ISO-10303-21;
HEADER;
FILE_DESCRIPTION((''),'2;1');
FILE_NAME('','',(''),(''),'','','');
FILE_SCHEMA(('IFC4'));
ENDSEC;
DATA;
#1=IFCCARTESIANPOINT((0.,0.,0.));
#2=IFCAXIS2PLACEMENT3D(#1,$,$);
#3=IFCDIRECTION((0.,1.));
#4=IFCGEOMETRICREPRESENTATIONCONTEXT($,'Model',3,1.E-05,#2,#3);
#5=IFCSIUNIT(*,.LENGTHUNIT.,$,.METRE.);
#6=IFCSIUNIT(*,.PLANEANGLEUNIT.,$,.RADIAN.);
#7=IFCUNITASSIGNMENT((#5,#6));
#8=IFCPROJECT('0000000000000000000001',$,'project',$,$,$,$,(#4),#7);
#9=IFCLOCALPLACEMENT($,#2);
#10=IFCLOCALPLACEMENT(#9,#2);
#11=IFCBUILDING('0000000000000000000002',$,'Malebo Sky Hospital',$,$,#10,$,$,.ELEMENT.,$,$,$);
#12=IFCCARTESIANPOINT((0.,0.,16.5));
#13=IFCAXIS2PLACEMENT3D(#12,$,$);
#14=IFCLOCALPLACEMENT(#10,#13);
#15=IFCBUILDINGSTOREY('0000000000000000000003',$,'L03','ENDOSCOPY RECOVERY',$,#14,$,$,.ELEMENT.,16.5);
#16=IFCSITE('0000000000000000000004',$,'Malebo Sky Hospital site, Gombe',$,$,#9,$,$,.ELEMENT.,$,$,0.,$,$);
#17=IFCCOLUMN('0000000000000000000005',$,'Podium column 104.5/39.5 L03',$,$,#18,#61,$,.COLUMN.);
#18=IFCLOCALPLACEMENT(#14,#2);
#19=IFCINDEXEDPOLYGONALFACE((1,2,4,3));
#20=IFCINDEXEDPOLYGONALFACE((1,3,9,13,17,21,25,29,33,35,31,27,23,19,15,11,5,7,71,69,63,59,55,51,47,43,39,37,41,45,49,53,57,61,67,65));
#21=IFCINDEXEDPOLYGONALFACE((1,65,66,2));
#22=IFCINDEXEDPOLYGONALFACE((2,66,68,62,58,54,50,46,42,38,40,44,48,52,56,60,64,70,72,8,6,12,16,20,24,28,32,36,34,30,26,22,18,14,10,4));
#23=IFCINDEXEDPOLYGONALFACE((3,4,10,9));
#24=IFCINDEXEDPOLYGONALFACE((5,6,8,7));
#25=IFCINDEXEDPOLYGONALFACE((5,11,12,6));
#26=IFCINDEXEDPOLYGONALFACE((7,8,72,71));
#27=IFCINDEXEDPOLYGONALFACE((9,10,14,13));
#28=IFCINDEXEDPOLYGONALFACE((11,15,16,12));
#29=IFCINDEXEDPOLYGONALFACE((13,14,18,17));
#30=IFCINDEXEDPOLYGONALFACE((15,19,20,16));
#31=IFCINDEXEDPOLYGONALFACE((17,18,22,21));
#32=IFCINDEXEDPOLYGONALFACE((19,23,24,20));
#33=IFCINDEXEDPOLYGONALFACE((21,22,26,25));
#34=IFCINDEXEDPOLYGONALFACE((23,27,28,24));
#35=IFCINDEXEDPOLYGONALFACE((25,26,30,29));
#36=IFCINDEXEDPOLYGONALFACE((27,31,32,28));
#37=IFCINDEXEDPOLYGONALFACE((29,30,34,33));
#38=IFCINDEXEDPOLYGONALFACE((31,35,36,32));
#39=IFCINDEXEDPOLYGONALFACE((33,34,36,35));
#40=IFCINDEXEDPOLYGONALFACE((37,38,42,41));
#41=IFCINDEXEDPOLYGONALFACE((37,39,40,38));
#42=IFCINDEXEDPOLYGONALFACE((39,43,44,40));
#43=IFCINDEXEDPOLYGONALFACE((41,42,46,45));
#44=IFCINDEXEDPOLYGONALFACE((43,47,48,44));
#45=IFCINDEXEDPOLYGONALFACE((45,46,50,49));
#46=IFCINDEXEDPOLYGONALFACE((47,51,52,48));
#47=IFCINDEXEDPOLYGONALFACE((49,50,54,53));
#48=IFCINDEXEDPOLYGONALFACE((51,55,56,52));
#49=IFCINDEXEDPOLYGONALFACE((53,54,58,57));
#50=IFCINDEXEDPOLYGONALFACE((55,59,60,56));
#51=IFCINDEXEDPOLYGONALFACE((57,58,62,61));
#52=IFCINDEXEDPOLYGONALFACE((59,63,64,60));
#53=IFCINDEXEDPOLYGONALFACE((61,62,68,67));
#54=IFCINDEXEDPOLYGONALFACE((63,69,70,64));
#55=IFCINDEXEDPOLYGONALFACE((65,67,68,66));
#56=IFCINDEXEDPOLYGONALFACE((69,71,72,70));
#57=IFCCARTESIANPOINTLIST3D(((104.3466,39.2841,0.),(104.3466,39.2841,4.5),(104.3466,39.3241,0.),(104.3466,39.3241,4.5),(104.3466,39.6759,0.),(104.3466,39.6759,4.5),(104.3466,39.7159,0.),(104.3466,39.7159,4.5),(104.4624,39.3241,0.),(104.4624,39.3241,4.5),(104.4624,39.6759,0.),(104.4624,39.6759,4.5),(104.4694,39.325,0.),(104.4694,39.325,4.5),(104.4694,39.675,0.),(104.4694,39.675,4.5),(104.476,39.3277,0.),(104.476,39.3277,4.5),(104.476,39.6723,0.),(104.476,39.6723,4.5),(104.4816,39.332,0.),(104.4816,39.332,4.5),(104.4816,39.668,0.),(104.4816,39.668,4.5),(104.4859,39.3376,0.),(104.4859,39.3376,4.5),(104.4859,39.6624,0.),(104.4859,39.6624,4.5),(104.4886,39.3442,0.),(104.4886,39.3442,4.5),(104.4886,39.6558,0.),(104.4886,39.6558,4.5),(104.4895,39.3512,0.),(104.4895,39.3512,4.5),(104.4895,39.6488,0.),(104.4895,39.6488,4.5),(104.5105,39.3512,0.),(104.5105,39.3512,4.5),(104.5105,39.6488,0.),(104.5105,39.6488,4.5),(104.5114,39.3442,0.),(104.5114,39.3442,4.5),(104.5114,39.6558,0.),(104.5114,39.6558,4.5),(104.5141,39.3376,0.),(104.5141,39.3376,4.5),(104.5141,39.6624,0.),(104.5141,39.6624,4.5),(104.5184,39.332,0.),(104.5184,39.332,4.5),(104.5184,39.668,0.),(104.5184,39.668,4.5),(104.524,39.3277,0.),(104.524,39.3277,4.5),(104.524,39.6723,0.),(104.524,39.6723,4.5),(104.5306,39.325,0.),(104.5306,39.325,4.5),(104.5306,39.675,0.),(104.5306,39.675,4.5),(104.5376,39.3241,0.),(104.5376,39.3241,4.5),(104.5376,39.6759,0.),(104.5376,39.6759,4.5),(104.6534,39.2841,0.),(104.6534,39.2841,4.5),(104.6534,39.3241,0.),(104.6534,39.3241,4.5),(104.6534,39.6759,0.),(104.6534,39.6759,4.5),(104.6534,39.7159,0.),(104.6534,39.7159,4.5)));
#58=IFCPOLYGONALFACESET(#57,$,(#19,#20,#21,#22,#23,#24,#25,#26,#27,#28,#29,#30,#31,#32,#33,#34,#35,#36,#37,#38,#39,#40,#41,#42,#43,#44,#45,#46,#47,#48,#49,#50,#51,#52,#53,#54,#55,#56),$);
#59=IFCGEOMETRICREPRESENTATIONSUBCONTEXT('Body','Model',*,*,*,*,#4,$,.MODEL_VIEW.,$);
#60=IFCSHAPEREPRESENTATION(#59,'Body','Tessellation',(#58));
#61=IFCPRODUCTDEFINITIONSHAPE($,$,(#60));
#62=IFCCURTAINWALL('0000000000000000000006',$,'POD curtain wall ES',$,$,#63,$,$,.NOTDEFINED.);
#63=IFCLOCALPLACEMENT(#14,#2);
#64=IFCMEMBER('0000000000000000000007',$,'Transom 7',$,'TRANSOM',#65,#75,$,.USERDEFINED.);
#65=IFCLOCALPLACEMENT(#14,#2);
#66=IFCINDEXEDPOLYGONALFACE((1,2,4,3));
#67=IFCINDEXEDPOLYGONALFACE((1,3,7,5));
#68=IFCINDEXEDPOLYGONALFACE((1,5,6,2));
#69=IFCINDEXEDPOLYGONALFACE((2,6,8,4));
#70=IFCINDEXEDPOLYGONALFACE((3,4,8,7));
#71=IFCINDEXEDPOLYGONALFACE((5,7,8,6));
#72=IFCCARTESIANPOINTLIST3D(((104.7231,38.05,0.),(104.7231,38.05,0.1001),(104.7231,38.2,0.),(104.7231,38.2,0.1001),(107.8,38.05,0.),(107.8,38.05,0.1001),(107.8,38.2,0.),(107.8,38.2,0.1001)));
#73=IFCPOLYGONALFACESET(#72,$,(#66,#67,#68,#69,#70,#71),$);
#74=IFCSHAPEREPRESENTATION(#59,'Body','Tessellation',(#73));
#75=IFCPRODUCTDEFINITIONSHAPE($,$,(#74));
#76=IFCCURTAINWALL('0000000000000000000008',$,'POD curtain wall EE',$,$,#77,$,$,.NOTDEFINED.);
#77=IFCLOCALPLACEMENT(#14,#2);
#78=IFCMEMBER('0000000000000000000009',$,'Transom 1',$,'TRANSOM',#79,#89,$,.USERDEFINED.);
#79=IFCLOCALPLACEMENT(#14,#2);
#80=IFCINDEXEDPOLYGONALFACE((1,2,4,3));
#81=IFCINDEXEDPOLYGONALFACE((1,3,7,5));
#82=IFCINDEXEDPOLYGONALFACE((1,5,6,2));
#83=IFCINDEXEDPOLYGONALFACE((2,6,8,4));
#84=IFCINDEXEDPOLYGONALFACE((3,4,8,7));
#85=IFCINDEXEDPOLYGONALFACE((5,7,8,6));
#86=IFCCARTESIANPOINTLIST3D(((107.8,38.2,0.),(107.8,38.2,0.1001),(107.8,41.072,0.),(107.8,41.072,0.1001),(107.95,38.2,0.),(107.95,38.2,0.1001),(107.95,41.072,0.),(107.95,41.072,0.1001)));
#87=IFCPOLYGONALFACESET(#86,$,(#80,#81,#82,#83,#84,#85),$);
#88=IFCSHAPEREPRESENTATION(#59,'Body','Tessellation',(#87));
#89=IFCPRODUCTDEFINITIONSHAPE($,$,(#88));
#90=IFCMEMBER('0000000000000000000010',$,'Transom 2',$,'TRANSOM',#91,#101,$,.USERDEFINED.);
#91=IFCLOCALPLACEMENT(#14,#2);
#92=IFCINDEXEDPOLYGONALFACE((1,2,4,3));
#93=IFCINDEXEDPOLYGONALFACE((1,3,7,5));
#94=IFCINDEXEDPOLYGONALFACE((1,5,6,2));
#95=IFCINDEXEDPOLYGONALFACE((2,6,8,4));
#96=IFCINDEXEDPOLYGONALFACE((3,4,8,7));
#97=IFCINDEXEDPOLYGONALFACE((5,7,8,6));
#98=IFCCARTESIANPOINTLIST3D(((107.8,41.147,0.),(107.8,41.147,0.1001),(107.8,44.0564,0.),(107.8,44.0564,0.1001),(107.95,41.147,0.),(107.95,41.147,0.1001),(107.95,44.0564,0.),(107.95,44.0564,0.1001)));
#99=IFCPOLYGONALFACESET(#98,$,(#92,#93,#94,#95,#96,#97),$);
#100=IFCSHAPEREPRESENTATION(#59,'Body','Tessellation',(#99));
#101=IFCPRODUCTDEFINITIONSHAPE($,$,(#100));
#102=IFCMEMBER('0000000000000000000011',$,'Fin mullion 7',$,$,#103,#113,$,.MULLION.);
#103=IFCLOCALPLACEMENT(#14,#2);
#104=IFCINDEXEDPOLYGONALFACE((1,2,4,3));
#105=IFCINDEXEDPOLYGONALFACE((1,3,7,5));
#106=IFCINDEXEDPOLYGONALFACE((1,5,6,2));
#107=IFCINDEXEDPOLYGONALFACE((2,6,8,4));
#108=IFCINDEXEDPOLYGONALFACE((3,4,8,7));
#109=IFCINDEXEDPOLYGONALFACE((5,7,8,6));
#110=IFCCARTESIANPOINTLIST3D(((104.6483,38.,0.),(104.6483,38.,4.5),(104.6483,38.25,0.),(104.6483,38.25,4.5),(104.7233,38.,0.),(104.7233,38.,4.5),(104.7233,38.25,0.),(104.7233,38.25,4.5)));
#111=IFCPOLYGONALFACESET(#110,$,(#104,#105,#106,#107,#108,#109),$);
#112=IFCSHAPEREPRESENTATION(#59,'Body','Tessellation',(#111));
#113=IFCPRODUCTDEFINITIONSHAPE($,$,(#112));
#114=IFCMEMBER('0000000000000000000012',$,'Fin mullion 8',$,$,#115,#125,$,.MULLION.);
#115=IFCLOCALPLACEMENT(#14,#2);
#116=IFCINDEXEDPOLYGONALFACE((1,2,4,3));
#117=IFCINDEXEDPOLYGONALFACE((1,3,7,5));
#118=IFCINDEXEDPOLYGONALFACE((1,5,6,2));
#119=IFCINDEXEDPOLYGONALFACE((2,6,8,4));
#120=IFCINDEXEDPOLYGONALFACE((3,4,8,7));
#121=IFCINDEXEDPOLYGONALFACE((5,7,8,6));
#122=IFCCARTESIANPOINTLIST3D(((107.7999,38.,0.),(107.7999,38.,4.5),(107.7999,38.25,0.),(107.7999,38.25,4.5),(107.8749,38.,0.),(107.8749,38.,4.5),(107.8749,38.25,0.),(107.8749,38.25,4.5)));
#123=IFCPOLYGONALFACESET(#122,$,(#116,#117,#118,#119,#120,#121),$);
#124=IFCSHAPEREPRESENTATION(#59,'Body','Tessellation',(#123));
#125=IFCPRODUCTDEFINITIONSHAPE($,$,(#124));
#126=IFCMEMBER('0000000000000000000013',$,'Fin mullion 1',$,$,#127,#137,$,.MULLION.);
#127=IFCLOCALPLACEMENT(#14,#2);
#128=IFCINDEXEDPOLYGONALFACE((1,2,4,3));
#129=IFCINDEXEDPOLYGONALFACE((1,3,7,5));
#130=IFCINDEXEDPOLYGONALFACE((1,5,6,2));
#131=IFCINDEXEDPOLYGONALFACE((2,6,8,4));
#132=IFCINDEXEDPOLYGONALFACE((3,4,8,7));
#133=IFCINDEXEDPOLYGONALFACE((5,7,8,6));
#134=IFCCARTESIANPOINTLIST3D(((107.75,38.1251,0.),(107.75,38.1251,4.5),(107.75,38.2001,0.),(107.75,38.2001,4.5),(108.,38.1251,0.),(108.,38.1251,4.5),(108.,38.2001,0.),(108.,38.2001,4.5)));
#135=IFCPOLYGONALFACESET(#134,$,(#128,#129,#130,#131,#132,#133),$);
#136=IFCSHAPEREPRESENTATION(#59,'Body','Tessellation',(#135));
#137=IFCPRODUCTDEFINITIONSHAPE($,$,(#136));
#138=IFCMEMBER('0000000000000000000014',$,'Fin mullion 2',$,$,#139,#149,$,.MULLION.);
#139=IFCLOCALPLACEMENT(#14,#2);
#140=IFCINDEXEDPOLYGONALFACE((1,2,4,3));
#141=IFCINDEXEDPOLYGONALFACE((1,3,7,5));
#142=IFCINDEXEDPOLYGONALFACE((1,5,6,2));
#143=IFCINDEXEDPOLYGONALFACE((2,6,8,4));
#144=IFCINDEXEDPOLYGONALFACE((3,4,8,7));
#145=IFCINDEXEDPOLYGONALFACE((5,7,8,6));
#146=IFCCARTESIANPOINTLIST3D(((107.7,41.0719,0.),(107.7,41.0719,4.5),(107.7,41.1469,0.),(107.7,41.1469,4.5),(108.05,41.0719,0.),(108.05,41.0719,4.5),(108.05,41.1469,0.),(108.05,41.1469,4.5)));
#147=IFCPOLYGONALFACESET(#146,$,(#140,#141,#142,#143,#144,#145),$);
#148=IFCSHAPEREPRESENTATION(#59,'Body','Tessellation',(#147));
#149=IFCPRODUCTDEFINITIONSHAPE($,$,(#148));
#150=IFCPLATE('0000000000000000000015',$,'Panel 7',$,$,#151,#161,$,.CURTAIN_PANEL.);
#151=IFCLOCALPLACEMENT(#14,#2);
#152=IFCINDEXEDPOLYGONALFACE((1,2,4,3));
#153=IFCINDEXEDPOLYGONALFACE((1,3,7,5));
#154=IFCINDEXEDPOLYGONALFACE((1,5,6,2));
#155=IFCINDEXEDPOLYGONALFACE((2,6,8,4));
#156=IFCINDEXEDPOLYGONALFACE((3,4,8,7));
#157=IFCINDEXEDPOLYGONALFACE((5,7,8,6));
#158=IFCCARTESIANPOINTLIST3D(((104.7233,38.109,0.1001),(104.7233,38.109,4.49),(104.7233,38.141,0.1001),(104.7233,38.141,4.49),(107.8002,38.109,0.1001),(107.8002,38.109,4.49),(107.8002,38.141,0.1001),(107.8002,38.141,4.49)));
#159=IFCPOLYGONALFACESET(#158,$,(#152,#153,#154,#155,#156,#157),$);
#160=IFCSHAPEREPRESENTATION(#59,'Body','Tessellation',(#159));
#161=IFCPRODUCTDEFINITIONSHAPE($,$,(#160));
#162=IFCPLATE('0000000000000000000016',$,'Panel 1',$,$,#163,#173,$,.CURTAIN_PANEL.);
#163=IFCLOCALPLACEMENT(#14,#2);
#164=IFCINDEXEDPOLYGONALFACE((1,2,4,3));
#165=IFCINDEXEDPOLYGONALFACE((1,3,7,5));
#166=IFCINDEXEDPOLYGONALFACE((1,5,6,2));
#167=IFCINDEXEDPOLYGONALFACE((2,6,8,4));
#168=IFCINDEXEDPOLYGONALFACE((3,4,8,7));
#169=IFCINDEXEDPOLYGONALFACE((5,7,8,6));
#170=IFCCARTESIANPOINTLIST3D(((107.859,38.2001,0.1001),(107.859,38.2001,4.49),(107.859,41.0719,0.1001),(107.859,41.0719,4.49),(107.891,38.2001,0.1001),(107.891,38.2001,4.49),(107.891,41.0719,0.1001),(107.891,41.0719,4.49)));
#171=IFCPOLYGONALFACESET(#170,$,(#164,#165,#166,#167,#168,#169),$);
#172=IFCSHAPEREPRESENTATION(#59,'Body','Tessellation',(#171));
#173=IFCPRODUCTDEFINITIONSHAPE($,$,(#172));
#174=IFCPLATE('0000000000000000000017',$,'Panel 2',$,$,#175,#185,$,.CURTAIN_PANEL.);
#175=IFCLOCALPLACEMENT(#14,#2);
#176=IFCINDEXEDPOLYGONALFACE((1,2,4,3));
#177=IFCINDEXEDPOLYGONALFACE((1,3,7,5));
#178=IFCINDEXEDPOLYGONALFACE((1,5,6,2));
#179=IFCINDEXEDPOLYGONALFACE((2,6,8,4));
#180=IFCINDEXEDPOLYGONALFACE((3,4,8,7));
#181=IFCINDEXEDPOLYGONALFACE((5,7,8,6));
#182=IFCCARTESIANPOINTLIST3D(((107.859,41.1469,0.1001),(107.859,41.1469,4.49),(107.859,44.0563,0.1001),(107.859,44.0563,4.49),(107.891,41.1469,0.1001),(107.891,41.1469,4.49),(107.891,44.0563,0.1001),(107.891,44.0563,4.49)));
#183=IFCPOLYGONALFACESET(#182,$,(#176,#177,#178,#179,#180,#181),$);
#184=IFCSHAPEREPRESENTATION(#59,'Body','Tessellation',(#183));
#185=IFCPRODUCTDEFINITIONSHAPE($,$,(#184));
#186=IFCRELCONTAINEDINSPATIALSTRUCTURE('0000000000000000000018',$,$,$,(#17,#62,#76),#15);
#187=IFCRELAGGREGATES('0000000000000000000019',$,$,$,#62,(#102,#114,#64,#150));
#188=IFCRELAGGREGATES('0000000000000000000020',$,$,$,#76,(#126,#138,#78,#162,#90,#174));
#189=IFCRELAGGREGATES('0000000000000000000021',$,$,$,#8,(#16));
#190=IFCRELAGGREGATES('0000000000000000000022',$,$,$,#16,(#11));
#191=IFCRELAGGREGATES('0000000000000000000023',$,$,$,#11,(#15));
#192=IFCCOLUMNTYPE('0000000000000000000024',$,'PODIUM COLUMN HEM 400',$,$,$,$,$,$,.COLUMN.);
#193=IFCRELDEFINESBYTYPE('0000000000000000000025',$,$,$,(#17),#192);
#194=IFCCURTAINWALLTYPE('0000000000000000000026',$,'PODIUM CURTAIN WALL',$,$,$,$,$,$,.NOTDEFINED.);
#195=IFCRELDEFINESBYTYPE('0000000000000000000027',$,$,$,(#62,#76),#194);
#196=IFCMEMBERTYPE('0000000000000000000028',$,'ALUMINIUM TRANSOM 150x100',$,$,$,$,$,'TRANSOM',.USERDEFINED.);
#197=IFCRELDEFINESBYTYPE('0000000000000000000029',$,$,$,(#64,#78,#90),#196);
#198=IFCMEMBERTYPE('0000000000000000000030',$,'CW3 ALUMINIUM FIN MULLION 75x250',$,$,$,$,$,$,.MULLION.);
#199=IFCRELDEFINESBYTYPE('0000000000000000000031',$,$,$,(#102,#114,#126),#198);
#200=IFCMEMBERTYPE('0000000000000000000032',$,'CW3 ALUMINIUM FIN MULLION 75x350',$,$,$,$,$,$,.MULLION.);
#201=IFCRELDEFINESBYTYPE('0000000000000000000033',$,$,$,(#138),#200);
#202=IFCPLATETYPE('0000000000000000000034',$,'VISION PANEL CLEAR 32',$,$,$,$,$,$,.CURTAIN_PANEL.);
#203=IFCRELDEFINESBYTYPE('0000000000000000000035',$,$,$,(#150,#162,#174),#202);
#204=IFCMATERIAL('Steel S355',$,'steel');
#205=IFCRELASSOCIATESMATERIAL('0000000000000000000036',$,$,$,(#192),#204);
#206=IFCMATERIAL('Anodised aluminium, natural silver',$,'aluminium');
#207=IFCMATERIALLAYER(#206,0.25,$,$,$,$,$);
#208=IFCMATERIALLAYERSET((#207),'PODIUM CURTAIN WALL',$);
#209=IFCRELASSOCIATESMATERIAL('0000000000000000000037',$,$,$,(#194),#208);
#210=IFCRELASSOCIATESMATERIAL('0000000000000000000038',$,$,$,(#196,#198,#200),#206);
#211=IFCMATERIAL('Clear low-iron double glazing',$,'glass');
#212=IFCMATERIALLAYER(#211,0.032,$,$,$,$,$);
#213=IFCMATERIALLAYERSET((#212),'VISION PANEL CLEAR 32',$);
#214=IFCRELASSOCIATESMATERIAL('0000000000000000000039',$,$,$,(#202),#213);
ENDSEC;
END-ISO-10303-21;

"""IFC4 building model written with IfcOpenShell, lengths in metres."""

from ifc_helpers import new_model, si_unit, direction, frame, origin, origin_2d, place, context, subcontext, project, spatial, rectangle, i_section, extrude, material, layer, layer_set, material_profile, profile_set, type_object, element, aggregate, save


model = new_model("IFC4")

# Units and contexts
model_context = context("Model", 3, precision=1e-05, world=origin(), true_north=direction((0.0, 1.0)))
body_context = subcontext(model_context, "Body", "Model", "MODEL_VIEW")
ifc_project = project(units=[si_unit("LENGTHUNIT", "METRE"), si_unit("PLANEANGLEUNIT", "RADIAN")], contexts=[model_context])

# Site, building, storey
site_placement = place(None, origin())
site = spatial("IfcSite", under=ifc_project, at=site_placement, Name="Malebo Sky Hospital site, Gombe", CompositionType="ELEMENT", RefElevation=0.0)
building_placement = place(site_placement, origin())
building = spatial("IfcBuilding", under=site, at=building_placement, Name="Malebo Sky Hospital", CompositionType="ELEMENT")
storey_placement = place(building_placement, frame((0.0, 0.0, 16.5)))
storey = spatial("IfcBuildingStorey", under=building, at=storey_placement, Name="L03", Description="ENDOSCOPY RECOVERY", CompositionType="ELEMENT", Elevation=16.5)

# Column
ifc_material_1 = material(Name="Steel S355", Category="steel")
ifc_material_profile_1 = material_profile(ifc_material_1, i_section(OverallWidth=0.3069, OverallDepth=0.4319, WebThickness=0.021, FlangeThickness=0.04, FilletRadius=0.0271, at=origin_2d()), Name="HEM 400")
ifc_profile_set_1 = profile_set([ifc_material_profile_1], Name="Steel S355")
column_type = type_object("IfcColumnType", Name="PODIUM COLUMN HEM 400", PredefinedType="COLUMN", material=ifc_profile_set_1)
column_placement = place(storey_placement, frame((104.5, 39.5, 0.0), z_axis=(0.0, 0.0, 1.0), x_axis=(1.0, 0.0, 0.0)))
element("IfcColumn", 1, at=column_placement, inside=storey, type_object=column_type, Name="Podium column 104.5/39.5 L03", PredefinedType="COLUMN", context=body_context, shape_type="SweptSolid", body=[
    extrude(i_section(OverallWidth=0.3069, OverallDepth=0.4319, WebThickness=0.021, FlangeThickness=0.04, FilletRadius=0.0271, at=origin_2d()), origin(), (0.0, 0.0, 1.0), 4.5),
])

# Curtain wall, member
ifc_material_2 = material(Name="Anodised aluminium, natural silver", Category="aluminium")
ifc_layer_1 = layer(ifc_material_2, 0.25)
ifc_layer_set_1 = layer_set([ifc_layer_1], Name="PODIUM CURTAIN WALL")
curtain_wall_type = type_object("IfcCurtainWallType", Name="PODIUM CURTAIN WALL", PredefinedType="NOTDEFINED", material=ifc_layer_set_1)
curtain_wall_1_placement = place(storey_placement, origin())
curtain_wall_1 = element("IfcCurtainWall", 2, at=curtain_wall_1_placement, inside=storey, type_object=curtain_wall_type, Name="POD curtain wall ES", PredefinedType="NOTDEFINED")
ifc_material_profile_2 = material_profile(ifc_material_2, rectangle(XDim=0.1499, YDim=0.1001, at=origin_2d()), Name="ALUMINIUM TRANSOM 150x100")
ifc_profile_set_2 = profile_set([ifc_material_profile_2], Name="Anodised aluminium, natural silver")
member_type_1 = type_object("IfcMemberType", Name="ALUMINIUM TRANSOM 150x100", ElementType="TRANSOM", PredefinedType="USERDEFINED", material=ifc_profile_set_2)
member_1_placement = place(storey_placement, frame((104.7231, 38.125, 0.05), z_axis=(1.0, 0.0, 0.0), x_axis=(0.0, 1.0, 0.0)))
member_1 = element("IfcMember", 3, at=member_1_placement, type_object=member_type_1, Name="Transom 7", ObjectType="TRANSOM", PredefinedType="USERDEFINED", context=body_context, shape_type="SweptSolid", body=[
    extrude(rectangle(XDim=0.1499, YDim=0.1001, at=origin_2d()), origin(), (0.0, 0.0, 1.0), 3.0769),
])

# Curtain wall, members
curtain_wall_2_placement = place(storey_placement, origin())
curtain_wall_2 = element("IfcCurtainWall", 4, at=curtain_wall_2_placement, inside=storey, type_object=curtain_wall_type, Name="POD curtain wall EE", PredefinedType="NOTDEFINED")
member_2_placement = place(storey_placement, frame((107.875, 38.2, 0.05), z_axis=(0.0, 1.0, 0.0), x_axis=(-1.0, 0.0, 0.0)))
member_2 = element("IfcMember", 5, at=member_2_placement, type_object=member_type_1, Name="Transom 1", ObjectType="TRANSOM", PredefinedType="USERDEFINED", context=body_context, shape_type="SweptSolid", body=[
    extrude(rectangle(XDim=0.1499, YDim=0.1001, at=origin_2d()), origin(), (0.0, 0.0, 1.0), 2.8721),
])
member_3_placement = place(storey_placement, frame((107.875, 41.147, 0.05), z_axis=(0.0, 1.0, 0.0), x_axis=(-1.0, 0.0, 0.0)))
member_3 = element("IfcMember", 6, at=member_3_placement, type_object=member_type_1, Name="Transom 2", ObjectType="TRANSOM", PredefinedType="USERDEFINED", context=body_context, shape_type="SweptSolid", body=[
    extrude(rectangle(XDim=0.1499, YDim=0.1001, at=origin_2d()), origin(), (0.0, 0.0, 1.0), 2.9094),
])

# Members
ifc_material_profile_3 = material_profile(ifc_material_2, rectangle(XDim=0.075, YDim=0.25, at=origin_2d()), Name="CW3 ALUMINIUM FIN MULLION 75x250")
ifc_profile_set_3 = profile_set([ifc_material_profile_3], Name="Anodised aluminium, natural silver")
member_type_2 = type_object("IfcMemberType", Name="CW3 ALUMINIUM FIN MULLION 75x250", PredefinedType="MULLION", material=ifc_profile_set_3)
member_4_placement = place(storey_placement, frame((104.6858, 38.125, 0.0), z_axis=(0.0, 0.0, 1.0), x_axis=(1.0, 0.0, 0.0)))
member_4 = element("IfcMember", 7, at=member_4_placement, type_object=member_type_2, Name="Fin mullion 7", PredefinedType="MULLION", context=body_context, shape_type="SweptSolid", body=[
    extrude(rectangle(XDim=0.075, YDim=0.25, at=origin_2d()), origin(), (0.0, 0.0, 1.0), 4.5),
])
member_5_placement = place(storey_placement, frame((107.8374, 38.125, 0.0), z_axis=(0.0, 0.0, 1.0), x_axis=(1.0, 0.0, 0.0)))
member_5 = element("IfcMember", 8, at=member_5_placement, type_object=member_type_2, Name="Fin mullion 8", PredefinedType="MULLION", context=body_context, shape_type="SweptSolid", body=[
    extrude(rectangle(XDim=0.075, YDim=0.25, at=origin_2d()), origin(), (0.0, 0.0, 1.0), 4.5),
])
member_6_placement = place(storey_placement, frame((107.875, 38.1626, 0.0), z_axis=(0.0, 0.0, 1.0), x_axis=(0.0, 1.0, 0.0)))
member_6 = element("IfcMember", 9, at=member_6_placement, type_object=member_type_2, Name="Fin mullion 1", PredefinedType="MULLION", context=body_context, shape_type="SweptSolid", body=[
    extrude(rectangle(XDim=0.075, YDim=0.25, at=origin_2d()), origin(), (0.0, 0.0, 1.0), 4.5),
])
ifc_material_profile_4 = material_profile(ifc_material_2, rectangle(XDim=0.075, YDim=0.3501, at=origin_2d()), Name="CW3 ALUMINIUM FIN MULLION 75x350")
ifc_profile_set_4 = profile_set([ifc_material_profile_4], Name="Anodised aluminium, natural silver")
member_type_3 = type_object("IfcMemberType", Name="CW3 ALUMINIUM FIN MULLION 75x350", PredefinedType="MULLION", material=ifc_profile_set_4)
member_7_placement = place(storey_placement, frame((107.875, 41.1094, 0.0), z_axis=(0.0, 0.0, 1.0), x_axis=(0.0, 1.0, 0.0)))
member_7 = element("IfcMember", 10, at=member_7_placement, type_object=member_type_3, Name="Fin mullion 2", PredefinedType="MULLION", context=body_context, shape_type="SweptSolid", body=[
    extrude(rectangle(XDim=0.075, YDim=0.3501, at=origin_2d()), origin(), (0.0, 0.0, 1.0), 4.5),
])

# Plates
ifc_material_3 = material(Name="Clear low-iron double glazing", Category="glass")
ifc_layer_2 = layer(ifc_material_3, 0.032)
ifc_layer_set_2 = layer_set([ifc_layer_2], Name="VISION PANEL CLEAR 32")
plate_type = type_object("IfcPlateType", Name="VISION PANEL CLEAR 32", PredefinedType="CURTAIN_PANEL", material=ifc_layer_set_2)
plate_1_placement = place(storey_placement, frame((106.2617, 38.125, 0.1001), z_axis=(0.0, 0.0, 1.0), x_axis=(1.0, 0.0, 0.0)))
plate_1 = element("IfcPlate", 11, at=plate_1_placement, type_object=plate_type, Name="Panel 7", PredefinedType="CURTAIN_PANEL", context=body_context, shape_type="SweptSolid", body=[
    extrude(rectangle(XDim=3.0769, YDim=0.032, at=origin_2d()), origin(), (0.0, 0.0, 1.0), 4.3899),
])
aggregate(curtain_wall_1, [member_4, member_5, member_1, plate_1])
plate_2_placement = place(storey_placement, frame((107.875, 39.636, 0.1001), z_axis=(0.0, 0.0, 1.0), x_axis=(0.0, 1.0, 0.0)))
plate_2 = element("IfcPlate", 12, at=plate_2_placement, type_object=plate_type, Name="Panel 1", PredefinedType="CURTAIN_PANEL", context=body_context, shape_type="SweptSolid", body=[
    extrude(rectangle(XDim=2.8718, YDim=0.032, at=origin_2d()), origin(), (0.0, 0.0, 1.0), 4.3899),
])
plate_3_placement = place(storey_placement, frame((107.875, 42.6016, 0.1001), z_axis=(0.0, 0.0, 1.0), x_axis=(0.0, 1.0, 0.0)))
plate_3 = element("IfcPlate", 13, at=plate_3_placement, type_object=plate_type, Name="Panel 2", PredefinedType="CURTAIN_PANEL", context=body_context, shape_type="SweptSolid", body=[
    extrude(rectangle(XDim=2.9094, YDim=0.032, at=origin_2d()), origin(), (0.0, 0.0, 1.0), 4.3899),
])
aggregate(curtain_wall_2, [member_6, member_7, member_2, plate_2, member_3, plate_3])

save(model, "model.ifc")
